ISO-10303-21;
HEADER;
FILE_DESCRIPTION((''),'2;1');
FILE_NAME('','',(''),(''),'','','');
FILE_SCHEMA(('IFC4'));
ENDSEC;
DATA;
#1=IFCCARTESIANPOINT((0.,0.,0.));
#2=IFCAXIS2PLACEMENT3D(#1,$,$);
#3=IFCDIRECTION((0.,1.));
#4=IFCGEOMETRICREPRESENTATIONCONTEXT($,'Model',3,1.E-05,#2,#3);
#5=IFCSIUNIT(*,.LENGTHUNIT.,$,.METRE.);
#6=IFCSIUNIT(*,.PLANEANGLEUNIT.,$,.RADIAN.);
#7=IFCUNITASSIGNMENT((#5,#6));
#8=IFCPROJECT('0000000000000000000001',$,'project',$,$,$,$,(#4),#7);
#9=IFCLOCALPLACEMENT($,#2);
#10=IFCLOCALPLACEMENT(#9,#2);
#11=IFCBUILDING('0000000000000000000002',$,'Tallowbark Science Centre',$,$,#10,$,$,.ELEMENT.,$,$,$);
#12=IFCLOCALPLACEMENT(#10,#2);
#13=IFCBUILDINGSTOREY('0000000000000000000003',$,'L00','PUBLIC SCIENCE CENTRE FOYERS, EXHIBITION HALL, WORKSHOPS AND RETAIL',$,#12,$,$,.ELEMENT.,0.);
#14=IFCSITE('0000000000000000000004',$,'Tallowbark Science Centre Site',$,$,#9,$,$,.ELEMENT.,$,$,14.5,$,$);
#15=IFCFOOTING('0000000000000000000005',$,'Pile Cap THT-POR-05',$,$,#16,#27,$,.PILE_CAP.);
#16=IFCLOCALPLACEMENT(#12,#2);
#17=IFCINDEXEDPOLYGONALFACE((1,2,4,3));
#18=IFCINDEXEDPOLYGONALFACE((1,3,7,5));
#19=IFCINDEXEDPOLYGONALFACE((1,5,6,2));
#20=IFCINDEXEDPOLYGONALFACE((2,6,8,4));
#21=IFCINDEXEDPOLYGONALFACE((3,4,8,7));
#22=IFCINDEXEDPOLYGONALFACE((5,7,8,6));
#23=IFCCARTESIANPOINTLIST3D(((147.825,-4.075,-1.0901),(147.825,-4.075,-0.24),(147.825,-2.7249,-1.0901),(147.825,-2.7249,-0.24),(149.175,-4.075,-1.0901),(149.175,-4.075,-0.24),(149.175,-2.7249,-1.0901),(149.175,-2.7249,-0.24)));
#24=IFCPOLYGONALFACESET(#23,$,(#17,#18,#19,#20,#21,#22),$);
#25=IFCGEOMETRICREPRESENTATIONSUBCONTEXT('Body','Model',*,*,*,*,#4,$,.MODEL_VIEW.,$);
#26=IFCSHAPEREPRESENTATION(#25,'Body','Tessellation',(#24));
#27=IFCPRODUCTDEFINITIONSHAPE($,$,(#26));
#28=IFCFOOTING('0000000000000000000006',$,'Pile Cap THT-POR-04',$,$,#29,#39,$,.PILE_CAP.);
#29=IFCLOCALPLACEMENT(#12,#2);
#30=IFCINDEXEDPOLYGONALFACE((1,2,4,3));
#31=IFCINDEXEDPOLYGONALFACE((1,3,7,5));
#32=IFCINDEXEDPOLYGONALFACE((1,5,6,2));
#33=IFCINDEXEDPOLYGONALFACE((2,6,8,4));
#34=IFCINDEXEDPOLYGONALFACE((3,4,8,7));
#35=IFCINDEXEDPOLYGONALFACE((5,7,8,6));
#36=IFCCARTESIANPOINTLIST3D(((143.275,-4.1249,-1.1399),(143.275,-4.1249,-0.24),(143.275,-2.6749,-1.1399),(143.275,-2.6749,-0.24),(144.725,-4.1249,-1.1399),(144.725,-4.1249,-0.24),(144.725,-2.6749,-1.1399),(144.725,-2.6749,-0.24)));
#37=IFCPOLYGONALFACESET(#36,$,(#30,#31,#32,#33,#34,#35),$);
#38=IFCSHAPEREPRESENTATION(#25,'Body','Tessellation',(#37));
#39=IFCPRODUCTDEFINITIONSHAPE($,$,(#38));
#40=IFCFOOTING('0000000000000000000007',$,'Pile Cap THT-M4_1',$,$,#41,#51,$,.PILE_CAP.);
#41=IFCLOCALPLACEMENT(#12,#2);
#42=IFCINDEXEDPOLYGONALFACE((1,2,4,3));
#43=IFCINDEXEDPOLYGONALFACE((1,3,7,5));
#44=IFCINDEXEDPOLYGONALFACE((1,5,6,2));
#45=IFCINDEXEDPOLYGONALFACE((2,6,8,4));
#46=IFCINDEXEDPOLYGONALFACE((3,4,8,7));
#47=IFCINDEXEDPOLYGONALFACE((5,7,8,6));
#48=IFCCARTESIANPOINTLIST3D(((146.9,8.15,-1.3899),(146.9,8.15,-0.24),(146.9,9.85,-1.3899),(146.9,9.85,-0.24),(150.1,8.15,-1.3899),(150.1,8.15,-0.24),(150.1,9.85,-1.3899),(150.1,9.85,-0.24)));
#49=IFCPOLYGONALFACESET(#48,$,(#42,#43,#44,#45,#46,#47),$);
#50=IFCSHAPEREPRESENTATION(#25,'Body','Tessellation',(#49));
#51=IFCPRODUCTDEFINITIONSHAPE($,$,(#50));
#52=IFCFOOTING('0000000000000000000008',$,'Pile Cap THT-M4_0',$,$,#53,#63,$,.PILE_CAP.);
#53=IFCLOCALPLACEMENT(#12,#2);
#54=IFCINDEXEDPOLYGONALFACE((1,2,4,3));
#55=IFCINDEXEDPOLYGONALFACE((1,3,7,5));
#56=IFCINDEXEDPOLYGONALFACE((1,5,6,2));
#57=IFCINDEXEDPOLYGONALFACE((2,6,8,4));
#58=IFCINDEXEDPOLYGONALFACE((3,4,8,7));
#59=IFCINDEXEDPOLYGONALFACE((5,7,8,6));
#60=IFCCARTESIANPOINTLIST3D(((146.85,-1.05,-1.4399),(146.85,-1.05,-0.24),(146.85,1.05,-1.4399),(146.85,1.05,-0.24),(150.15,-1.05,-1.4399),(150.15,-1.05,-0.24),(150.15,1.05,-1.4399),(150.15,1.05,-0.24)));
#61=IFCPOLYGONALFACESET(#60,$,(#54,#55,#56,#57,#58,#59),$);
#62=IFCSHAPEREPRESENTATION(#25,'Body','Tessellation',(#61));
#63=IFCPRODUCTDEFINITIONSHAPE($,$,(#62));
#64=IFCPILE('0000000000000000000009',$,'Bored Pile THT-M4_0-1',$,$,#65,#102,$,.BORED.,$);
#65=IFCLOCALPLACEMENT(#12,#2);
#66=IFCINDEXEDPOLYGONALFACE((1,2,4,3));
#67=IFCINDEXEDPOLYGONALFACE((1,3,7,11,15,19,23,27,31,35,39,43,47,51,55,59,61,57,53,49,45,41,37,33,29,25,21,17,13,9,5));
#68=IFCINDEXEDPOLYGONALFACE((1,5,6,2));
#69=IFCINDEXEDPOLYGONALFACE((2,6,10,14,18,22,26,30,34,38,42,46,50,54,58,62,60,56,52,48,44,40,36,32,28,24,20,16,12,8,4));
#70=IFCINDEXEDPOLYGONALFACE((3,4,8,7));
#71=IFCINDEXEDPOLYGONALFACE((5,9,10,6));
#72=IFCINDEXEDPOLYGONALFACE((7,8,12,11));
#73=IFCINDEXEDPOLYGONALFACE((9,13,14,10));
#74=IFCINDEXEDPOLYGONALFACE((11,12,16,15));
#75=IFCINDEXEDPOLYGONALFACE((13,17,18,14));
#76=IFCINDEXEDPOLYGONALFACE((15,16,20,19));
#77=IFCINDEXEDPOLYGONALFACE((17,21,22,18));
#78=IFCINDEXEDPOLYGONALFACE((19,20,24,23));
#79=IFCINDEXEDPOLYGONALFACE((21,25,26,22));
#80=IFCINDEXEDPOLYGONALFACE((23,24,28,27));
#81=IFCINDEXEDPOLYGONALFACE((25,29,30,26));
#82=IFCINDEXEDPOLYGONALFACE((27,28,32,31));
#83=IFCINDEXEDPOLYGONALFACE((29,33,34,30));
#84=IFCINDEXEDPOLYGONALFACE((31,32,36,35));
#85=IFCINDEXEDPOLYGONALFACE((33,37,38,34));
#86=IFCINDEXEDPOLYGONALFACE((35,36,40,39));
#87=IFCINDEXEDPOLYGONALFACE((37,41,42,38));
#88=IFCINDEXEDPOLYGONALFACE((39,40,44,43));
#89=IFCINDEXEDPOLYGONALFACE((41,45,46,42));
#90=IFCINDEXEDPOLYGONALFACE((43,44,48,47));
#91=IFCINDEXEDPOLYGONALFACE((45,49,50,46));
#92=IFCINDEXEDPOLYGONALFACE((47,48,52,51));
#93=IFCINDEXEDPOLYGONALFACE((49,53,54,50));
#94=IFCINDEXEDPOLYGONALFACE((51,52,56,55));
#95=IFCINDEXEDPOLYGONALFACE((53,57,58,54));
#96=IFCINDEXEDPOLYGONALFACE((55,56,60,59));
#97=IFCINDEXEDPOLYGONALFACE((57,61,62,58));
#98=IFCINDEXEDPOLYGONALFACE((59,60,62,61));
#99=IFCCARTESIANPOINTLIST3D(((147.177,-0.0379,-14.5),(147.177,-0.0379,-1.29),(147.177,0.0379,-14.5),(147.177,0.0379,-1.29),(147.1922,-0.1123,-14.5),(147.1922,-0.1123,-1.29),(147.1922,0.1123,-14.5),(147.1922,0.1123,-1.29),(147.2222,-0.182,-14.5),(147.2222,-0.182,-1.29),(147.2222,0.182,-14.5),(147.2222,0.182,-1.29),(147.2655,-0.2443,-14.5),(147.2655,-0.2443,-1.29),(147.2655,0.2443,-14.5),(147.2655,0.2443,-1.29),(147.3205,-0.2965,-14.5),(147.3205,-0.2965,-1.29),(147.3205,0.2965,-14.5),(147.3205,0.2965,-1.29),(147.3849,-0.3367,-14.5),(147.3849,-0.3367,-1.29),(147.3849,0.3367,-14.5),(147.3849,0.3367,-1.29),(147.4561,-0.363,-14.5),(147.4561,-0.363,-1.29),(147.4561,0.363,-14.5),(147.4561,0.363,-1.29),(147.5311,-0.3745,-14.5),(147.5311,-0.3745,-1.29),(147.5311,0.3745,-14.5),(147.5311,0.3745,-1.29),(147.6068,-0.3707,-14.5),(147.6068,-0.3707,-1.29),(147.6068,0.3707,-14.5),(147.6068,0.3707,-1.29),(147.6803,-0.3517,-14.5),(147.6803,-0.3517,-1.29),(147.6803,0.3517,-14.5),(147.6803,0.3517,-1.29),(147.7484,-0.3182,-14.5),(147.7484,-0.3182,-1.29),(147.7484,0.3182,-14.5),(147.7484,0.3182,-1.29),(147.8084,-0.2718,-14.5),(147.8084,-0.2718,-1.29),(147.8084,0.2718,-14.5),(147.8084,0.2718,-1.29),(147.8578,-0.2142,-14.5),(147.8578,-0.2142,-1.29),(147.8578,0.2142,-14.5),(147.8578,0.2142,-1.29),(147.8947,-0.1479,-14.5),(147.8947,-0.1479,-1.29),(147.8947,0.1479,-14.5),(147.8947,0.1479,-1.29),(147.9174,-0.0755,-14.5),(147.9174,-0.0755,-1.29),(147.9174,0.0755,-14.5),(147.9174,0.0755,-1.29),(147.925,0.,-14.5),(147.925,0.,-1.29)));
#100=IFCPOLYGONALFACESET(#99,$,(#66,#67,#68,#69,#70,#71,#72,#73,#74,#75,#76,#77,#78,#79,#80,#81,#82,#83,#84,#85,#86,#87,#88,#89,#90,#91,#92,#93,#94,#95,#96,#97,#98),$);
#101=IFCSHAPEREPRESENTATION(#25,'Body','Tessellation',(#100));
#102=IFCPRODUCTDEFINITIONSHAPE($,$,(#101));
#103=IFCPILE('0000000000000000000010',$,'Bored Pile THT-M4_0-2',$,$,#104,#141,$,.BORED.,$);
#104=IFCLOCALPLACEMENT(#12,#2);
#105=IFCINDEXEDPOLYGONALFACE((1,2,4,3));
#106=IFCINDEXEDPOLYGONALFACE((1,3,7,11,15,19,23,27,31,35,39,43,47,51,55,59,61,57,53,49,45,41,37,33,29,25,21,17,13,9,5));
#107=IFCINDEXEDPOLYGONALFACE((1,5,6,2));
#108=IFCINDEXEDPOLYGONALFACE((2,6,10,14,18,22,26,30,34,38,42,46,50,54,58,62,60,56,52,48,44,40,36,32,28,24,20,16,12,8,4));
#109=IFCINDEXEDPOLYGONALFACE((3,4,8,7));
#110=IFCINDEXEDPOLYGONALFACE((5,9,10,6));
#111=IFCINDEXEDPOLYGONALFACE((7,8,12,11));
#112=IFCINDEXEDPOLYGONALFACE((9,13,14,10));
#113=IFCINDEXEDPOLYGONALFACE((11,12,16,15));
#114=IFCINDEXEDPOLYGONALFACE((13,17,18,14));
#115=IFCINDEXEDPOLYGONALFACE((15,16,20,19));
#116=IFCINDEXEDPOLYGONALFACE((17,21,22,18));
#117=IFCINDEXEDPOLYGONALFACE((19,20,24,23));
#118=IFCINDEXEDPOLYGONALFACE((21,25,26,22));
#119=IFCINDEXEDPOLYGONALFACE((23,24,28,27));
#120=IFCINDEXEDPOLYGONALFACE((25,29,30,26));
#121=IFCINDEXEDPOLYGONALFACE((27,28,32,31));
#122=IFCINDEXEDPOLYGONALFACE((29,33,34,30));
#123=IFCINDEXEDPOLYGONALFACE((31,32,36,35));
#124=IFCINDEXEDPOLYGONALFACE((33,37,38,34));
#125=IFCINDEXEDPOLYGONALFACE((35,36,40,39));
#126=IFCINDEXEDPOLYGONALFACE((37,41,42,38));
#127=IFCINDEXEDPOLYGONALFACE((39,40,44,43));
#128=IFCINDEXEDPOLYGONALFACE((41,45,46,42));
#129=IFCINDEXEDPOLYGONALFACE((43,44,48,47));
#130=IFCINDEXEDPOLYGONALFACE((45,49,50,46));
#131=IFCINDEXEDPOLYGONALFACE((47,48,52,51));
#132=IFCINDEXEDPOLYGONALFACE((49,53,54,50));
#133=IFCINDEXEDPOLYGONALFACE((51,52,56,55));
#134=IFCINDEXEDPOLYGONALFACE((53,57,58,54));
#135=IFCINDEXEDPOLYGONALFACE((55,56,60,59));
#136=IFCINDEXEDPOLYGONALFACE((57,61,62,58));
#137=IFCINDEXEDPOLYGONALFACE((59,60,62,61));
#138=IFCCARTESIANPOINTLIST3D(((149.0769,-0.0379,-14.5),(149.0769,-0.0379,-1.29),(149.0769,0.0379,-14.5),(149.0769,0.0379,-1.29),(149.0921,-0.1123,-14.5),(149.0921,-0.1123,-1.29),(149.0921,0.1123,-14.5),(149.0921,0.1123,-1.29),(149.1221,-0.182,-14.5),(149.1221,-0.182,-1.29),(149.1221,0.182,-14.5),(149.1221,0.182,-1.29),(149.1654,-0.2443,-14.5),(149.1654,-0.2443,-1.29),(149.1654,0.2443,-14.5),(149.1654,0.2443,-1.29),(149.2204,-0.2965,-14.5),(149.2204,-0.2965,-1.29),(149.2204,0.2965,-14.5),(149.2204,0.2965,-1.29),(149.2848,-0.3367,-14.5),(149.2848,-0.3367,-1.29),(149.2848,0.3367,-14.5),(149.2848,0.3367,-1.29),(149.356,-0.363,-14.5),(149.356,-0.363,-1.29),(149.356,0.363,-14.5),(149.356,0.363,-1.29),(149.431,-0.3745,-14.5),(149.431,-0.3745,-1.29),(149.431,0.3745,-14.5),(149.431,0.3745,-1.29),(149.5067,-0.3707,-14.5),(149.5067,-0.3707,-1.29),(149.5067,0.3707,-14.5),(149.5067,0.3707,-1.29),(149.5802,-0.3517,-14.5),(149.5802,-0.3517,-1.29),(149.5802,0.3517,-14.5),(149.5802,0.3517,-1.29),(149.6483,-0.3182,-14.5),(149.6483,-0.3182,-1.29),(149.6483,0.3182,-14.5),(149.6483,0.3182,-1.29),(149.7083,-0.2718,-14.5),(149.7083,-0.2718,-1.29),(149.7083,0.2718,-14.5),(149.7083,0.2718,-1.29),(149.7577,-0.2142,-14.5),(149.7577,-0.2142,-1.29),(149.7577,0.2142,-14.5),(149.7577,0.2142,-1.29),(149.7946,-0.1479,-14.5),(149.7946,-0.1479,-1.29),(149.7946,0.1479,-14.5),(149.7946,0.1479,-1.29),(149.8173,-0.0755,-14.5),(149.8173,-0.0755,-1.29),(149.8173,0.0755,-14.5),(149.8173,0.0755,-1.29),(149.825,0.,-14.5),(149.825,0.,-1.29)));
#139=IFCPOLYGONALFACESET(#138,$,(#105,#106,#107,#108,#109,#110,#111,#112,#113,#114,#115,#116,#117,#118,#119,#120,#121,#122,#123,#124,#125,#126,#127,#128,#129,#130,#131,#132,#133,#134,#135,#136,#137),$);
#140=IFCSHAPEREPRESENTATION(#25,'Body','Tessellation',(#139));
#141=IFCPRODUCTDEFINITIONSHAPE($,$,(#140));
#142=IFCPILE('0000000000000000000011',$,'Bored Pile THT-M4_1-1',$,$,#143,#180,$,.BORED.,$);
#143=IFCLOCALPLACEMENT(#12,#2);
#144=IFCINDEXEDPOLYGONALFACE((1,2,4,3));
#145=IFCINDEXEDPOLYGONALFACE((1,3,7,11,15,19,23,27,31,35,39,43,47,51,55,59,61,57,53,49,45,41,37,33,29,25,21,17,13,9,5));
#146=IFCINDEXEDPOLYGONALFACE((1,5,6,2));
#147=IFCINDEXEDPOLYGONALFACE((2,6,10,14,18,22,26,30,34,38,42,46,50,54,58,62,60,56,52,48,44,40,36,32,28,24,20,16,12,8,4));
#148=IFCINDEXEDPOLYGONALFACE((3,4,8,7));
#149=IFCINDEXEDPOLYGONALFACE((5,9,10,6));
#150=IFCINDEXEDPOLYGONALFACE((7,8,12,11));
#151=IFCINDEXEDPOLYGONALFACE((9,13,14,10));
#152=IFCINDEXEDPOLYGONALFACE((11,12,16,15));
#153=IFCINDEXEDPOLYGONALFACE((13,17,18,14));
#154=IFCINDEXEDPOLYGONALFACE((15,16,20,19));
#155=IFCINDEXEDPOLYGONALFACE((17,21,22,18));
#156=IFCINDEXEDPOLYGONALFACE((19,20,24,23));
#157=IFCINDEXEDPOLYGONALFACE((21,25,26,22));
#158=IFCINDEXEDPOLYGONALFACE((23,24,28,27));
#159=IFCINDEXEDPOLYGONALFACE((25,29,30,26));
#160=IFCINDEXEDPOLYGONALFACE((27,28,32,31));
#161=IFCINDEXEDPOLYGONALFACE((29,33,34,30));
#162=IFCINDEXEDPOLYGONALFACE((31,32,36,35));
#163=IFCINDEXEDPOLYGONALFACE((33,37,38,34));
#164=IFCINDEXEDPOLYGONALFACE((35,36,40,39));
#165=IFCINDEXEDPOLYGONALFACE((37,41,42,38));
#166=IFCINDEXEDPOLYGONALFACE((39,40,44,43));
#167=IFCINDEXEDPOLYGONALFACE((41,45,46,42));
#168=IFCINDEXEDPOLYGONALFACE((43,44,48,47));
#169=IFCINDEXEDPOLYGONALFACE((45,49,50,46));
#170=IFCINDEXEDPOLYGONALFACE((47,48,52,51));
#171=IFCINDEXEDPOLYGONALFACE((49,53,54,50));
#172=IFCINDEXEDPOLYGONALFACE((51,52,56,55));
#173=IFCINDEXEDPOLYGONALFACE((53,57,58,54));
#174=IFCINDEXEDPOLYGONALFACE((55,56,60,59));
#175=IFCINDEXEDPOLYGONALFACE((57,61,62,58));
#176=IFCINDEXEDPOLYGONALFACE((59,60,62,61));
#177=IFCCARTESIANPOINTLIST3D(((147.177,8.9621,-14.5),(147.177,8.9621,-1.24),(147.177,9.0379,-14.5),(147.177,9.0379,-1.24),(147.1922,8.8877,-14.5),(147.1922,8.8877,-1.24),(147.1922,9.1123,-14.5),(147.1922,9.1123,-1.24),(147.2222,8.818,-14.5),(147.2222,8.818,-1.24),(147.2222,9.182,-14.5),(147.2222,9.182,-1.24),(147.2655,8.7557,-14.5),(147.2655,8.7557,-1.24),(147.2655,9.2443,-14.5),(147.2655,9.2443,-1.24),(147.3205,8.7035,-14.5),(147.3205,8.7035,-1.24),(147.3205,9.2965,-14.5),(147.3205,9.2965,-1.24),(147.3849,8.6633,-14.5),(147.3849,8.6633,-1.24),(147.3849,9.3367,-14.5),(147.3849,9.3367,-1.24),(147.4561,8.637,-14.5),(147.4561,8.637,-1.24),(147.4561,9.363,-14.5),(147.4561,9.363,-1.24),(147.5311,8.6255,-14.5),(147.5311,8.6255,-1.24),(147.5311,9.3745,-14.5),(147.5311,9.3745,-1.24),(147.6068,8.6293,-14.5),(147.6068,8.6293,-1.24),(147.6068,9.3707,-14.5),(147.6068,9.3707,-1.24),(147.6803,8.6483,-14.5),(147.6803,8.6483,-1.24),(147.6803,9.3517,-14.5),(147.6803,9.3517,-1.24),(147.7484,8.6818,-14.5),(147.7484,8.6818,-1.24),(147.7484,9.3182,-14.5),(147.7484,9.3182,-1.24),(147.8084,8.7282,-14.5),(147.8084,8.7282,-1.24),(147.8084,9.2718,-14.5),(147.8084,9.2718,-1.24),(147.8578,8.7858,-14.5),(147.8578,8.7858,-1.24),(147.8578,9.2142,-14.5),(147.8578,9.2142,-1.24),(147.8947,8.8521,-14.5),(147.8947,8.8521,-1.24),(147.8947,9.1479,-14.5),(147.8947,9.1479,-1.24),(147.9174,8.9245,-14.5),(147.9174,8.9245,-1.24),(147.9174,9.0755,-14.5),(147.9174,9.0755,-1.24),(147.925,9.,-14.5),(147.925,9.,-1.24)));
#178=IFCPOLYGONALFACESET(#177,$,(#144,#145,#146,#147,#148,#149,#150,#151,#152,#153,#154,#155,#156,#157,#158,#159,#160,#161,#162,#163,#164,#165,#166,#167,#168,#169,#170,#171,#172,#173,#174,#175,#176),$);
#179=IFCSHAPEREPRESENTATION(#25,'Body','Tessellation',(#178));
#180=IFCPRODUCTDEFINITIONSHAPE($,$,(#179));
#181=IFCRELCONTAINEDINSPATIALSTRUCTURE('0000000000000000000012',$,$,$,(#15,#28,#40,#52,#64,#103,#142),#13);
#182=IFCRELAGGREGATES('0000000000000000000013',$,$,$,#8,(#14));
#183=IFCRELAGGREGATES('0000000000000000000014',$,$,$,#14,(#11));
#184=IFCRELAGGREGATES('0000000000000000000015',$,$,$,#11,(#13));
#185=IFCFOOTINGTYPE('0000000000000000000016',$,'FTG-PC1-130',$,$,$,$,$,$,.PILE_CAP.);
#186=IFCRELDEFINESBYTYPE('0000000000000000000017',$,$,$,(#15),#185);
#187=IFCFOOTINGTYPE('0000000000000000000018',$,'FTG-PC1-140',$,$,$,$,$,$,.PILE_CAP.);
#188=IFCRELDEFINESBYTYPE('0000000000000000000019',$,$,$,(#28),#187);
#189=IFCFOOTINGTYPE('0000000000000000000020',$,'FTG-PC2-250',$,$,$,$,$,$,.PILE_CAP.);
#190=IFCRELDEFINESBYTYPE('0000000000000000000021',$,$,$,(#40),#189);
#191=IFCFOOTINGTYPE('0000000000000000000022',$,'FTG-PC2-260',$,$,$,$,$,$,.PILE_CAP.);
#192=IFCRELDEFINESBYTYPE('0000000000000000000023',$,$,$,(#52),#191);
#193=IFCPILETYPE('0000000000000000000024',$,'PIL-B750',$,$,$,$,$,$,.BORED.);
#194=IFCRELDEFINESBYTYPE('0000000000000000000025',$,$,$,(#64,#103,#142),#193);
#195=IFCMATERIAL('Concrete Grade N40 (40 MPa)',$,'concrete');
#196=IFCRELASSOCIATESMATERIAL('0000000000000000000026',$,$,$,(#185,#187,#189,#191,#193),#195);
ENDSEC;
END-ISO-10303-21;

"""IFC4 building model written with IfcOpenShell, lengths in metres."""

from ifc_helpers import new_model, si_unit, direction, frame, origin, origin_2d, place, context, subcontext, project, spatial, rectangle, circle, extrude, material, material_profile, profile_set, type_object, element, save


model = new_model("IFC4")

# Units and contexts
model_context = context("Model", 3, precision=1e-05, world=origin(), true_north=direction((0.0, 1.0)))
body_context = subcontext(model_context, "Body", "Model", "MODEL_VIEW")
ifc_project = project(units=[si_unit("LENGTHUNIT", "METRE"), si_unit("PLANEANGLEUNIT", "RADIAN")], contexts=[model_context])

# Site, building, storey
site_placement = place(None, origin())
site = spatial("IfcSite", under=ifc_project, at=site_placement, Name="Tallowbark Science Centre Site", CompositionType="ELEMENT", RefElevation=14.5)
building_placement = place(site_placement, origin())
building = spatial("IfcBuilding", under=site, at=building_placement, Name="Tallowbark Science Centre", CompositionType="ELEMENT")
storey_placement = place(building_placement, origin())
storey = spatial("IfcBuildingStorey", under=building, at=storey_placement, Name="L00", Description="PUBLIC SCIENCE CENTRE FOYERS, EXHIBITION HALL, WORKSHOPS AND RETAIL", CompositionType="ELEMENT", Elevation=0.0)

# Footings
ifc_material_1 = material(Name="Concrete Grade N40 (40 MPa)", Category="concrete")
footing_type_1 = type_object("IfcFootingType", Name="FTG-PC1-130", PredefinedType="PILE_CAP", material=ifc_material_1)
footing_1_placement = place(storey_placement, frame((148.5, -3.3999, -1.0901), z_axis=(0.0, 0.0, 1.0), x_axis=(1.0, 0.0, 0.0)))
element("IfcFooting", 1, at=footing_1_placement, inside=storey, type_object=footing_type_1, Name="Pile Cap THT-POR-05", PredefinedType="PILE_CAP", context=body_context, shape_type="SweptSolid", body=[
    extrude(rectangle(XDim=1.3501, YDim=1.3501, at=origin_2d()), origin(), (0.0, 0.0, 1.0), 0.8501),
])
footing_type_2 = type_object("IfcFootingType", Name="FTG-PC1-140", PredefinedType="PILE_CAP", material=ifc_material_1)
footing_2_placement = place(storey_placement, frame((144.0, -3.3999, -1.1399), z_axis=(0.0, 0.0, 1.0), x_axis=(1.0, 0.0, 0.0)))
element("IfcFooting", 2, at=footing_2_placement, inside=storey, type_object=footing_type_2, Name="Pile Cap THT-POR-04", PredefinedType="PILE_CAP", context=body_context, shape_type="SweptSolid", body=[
    extrude(rectangle(XDim=1.45, YDim=1.45, at=origin_2d()), origin(), (0.0, 0.0, 1.0), 0.8999),
])
footing_type_3 = type_object("IfcFootingType", Name="FTG-PC2-250", PredefinedType="PILE_CAP", material=ifc_material_1)
footing_3_placement = place(storey_placement, frame((148.5, 9.0, -1.3899), z_axis=(0.0, 0.0, 1.0), x_axis=(1.0, 0.0, 0.0)))
element("IfcFooting", 3, at=footing_3_placement, inside=storey, type_object=footing_type_3, Name="Pile Cap THT-M4_1", PredefinedType="PILE_CAP", context=body_context, shape_type="SweptSolid", body=[
    extrude(rectangle(XDim=3.2, YDim=1.7, at=origin_2d()), origin(), (0.0, 0.0, 1.0), 1.1499),
])
footing_type_4 = type_object("IfcFootingType", Name="FTG-PC2-260", PredefinedType="PILE_CAP", material=ifc_material_1)
footing_4_placement = place(storey_placement, frame((148.5, 0.0, -1.4399), z_axis=(0.0, 0.0, 1.0), x_axis=(1.0, 0.0, 0.0)))
element("IfcFooting", 4, at=footing_4_placement, inside=storey, type_object=footing_type_4, Name="Pile Cap THT-M4_0", PredefinedType="PILE_CAP", context=body_context, shape_type="SweptSolid", body=[
    extrude(rectangle(XDim=3.3, YDim=2.1001, at=origin_2d()), origin(), (0.0, 0.0, 1.0), 1.2),
])

# Piles
ifc_material_profile_1 = material_profile(ifc_material_1, circle(Radius=0.375, at=origin_2d()), Name="PILE750")
ifc_profile_set_1 = profile_set([ifc_material_profile_1], Name="Concrete Grade N40 (40 MPa)")
pile_type = type_object("IfcPileType", Name="PIL-B750", PredefinedType="BORED", material=ifc_profile_set_1)
for number, where, z_axis, x_axis, name in (
    (5, (147.55, 0.0, -1.29), (0.0, 0.0, -1.0), (1.0, 0.0, 0.0), "Bored Pile THT-M4_0-1"),
    (6, (149.45, 0.0, -1.29), (0.0, 0.0, -1.0), (1.0, 0.0, 0.0), "Bored Pile THT-M4_0-2"),
):
    element("IfcPile", number, at=place(storey_placement, frame(where, z_axis=z_axis, x_axis=x_axis)), inside=storey, type_object=pile_type, Name=name, PredefinedType="BORED", context=body_context, shape_type="SweptSolid", body=[
        extrude(circle(Radius=0.375, at=origin_2d()), origin(), (0.0, 0.0, 1.0), 13.21),
    ])
pile_1_placement = place(storey_placement, frame((147.55, 9.0, -1.24), z_axis=(0.0, 0.0, -1.0), x_axis=(1.0, 0.0, 0.0)))
element("IfcPile", 7, at=pile_1_placement, inside=storey, type_object=pile_type, Name="Bored Pile THT-M4_1-1", PredefinedType="BORED", context=body_context, shape_type="SweptSolid", body=[
    extrude(circle(Radius=0.375, at=origin_2d()), origin(), (0.0, 0.0, 1.0), 13.26),
])

save(model, "model.ifc")
